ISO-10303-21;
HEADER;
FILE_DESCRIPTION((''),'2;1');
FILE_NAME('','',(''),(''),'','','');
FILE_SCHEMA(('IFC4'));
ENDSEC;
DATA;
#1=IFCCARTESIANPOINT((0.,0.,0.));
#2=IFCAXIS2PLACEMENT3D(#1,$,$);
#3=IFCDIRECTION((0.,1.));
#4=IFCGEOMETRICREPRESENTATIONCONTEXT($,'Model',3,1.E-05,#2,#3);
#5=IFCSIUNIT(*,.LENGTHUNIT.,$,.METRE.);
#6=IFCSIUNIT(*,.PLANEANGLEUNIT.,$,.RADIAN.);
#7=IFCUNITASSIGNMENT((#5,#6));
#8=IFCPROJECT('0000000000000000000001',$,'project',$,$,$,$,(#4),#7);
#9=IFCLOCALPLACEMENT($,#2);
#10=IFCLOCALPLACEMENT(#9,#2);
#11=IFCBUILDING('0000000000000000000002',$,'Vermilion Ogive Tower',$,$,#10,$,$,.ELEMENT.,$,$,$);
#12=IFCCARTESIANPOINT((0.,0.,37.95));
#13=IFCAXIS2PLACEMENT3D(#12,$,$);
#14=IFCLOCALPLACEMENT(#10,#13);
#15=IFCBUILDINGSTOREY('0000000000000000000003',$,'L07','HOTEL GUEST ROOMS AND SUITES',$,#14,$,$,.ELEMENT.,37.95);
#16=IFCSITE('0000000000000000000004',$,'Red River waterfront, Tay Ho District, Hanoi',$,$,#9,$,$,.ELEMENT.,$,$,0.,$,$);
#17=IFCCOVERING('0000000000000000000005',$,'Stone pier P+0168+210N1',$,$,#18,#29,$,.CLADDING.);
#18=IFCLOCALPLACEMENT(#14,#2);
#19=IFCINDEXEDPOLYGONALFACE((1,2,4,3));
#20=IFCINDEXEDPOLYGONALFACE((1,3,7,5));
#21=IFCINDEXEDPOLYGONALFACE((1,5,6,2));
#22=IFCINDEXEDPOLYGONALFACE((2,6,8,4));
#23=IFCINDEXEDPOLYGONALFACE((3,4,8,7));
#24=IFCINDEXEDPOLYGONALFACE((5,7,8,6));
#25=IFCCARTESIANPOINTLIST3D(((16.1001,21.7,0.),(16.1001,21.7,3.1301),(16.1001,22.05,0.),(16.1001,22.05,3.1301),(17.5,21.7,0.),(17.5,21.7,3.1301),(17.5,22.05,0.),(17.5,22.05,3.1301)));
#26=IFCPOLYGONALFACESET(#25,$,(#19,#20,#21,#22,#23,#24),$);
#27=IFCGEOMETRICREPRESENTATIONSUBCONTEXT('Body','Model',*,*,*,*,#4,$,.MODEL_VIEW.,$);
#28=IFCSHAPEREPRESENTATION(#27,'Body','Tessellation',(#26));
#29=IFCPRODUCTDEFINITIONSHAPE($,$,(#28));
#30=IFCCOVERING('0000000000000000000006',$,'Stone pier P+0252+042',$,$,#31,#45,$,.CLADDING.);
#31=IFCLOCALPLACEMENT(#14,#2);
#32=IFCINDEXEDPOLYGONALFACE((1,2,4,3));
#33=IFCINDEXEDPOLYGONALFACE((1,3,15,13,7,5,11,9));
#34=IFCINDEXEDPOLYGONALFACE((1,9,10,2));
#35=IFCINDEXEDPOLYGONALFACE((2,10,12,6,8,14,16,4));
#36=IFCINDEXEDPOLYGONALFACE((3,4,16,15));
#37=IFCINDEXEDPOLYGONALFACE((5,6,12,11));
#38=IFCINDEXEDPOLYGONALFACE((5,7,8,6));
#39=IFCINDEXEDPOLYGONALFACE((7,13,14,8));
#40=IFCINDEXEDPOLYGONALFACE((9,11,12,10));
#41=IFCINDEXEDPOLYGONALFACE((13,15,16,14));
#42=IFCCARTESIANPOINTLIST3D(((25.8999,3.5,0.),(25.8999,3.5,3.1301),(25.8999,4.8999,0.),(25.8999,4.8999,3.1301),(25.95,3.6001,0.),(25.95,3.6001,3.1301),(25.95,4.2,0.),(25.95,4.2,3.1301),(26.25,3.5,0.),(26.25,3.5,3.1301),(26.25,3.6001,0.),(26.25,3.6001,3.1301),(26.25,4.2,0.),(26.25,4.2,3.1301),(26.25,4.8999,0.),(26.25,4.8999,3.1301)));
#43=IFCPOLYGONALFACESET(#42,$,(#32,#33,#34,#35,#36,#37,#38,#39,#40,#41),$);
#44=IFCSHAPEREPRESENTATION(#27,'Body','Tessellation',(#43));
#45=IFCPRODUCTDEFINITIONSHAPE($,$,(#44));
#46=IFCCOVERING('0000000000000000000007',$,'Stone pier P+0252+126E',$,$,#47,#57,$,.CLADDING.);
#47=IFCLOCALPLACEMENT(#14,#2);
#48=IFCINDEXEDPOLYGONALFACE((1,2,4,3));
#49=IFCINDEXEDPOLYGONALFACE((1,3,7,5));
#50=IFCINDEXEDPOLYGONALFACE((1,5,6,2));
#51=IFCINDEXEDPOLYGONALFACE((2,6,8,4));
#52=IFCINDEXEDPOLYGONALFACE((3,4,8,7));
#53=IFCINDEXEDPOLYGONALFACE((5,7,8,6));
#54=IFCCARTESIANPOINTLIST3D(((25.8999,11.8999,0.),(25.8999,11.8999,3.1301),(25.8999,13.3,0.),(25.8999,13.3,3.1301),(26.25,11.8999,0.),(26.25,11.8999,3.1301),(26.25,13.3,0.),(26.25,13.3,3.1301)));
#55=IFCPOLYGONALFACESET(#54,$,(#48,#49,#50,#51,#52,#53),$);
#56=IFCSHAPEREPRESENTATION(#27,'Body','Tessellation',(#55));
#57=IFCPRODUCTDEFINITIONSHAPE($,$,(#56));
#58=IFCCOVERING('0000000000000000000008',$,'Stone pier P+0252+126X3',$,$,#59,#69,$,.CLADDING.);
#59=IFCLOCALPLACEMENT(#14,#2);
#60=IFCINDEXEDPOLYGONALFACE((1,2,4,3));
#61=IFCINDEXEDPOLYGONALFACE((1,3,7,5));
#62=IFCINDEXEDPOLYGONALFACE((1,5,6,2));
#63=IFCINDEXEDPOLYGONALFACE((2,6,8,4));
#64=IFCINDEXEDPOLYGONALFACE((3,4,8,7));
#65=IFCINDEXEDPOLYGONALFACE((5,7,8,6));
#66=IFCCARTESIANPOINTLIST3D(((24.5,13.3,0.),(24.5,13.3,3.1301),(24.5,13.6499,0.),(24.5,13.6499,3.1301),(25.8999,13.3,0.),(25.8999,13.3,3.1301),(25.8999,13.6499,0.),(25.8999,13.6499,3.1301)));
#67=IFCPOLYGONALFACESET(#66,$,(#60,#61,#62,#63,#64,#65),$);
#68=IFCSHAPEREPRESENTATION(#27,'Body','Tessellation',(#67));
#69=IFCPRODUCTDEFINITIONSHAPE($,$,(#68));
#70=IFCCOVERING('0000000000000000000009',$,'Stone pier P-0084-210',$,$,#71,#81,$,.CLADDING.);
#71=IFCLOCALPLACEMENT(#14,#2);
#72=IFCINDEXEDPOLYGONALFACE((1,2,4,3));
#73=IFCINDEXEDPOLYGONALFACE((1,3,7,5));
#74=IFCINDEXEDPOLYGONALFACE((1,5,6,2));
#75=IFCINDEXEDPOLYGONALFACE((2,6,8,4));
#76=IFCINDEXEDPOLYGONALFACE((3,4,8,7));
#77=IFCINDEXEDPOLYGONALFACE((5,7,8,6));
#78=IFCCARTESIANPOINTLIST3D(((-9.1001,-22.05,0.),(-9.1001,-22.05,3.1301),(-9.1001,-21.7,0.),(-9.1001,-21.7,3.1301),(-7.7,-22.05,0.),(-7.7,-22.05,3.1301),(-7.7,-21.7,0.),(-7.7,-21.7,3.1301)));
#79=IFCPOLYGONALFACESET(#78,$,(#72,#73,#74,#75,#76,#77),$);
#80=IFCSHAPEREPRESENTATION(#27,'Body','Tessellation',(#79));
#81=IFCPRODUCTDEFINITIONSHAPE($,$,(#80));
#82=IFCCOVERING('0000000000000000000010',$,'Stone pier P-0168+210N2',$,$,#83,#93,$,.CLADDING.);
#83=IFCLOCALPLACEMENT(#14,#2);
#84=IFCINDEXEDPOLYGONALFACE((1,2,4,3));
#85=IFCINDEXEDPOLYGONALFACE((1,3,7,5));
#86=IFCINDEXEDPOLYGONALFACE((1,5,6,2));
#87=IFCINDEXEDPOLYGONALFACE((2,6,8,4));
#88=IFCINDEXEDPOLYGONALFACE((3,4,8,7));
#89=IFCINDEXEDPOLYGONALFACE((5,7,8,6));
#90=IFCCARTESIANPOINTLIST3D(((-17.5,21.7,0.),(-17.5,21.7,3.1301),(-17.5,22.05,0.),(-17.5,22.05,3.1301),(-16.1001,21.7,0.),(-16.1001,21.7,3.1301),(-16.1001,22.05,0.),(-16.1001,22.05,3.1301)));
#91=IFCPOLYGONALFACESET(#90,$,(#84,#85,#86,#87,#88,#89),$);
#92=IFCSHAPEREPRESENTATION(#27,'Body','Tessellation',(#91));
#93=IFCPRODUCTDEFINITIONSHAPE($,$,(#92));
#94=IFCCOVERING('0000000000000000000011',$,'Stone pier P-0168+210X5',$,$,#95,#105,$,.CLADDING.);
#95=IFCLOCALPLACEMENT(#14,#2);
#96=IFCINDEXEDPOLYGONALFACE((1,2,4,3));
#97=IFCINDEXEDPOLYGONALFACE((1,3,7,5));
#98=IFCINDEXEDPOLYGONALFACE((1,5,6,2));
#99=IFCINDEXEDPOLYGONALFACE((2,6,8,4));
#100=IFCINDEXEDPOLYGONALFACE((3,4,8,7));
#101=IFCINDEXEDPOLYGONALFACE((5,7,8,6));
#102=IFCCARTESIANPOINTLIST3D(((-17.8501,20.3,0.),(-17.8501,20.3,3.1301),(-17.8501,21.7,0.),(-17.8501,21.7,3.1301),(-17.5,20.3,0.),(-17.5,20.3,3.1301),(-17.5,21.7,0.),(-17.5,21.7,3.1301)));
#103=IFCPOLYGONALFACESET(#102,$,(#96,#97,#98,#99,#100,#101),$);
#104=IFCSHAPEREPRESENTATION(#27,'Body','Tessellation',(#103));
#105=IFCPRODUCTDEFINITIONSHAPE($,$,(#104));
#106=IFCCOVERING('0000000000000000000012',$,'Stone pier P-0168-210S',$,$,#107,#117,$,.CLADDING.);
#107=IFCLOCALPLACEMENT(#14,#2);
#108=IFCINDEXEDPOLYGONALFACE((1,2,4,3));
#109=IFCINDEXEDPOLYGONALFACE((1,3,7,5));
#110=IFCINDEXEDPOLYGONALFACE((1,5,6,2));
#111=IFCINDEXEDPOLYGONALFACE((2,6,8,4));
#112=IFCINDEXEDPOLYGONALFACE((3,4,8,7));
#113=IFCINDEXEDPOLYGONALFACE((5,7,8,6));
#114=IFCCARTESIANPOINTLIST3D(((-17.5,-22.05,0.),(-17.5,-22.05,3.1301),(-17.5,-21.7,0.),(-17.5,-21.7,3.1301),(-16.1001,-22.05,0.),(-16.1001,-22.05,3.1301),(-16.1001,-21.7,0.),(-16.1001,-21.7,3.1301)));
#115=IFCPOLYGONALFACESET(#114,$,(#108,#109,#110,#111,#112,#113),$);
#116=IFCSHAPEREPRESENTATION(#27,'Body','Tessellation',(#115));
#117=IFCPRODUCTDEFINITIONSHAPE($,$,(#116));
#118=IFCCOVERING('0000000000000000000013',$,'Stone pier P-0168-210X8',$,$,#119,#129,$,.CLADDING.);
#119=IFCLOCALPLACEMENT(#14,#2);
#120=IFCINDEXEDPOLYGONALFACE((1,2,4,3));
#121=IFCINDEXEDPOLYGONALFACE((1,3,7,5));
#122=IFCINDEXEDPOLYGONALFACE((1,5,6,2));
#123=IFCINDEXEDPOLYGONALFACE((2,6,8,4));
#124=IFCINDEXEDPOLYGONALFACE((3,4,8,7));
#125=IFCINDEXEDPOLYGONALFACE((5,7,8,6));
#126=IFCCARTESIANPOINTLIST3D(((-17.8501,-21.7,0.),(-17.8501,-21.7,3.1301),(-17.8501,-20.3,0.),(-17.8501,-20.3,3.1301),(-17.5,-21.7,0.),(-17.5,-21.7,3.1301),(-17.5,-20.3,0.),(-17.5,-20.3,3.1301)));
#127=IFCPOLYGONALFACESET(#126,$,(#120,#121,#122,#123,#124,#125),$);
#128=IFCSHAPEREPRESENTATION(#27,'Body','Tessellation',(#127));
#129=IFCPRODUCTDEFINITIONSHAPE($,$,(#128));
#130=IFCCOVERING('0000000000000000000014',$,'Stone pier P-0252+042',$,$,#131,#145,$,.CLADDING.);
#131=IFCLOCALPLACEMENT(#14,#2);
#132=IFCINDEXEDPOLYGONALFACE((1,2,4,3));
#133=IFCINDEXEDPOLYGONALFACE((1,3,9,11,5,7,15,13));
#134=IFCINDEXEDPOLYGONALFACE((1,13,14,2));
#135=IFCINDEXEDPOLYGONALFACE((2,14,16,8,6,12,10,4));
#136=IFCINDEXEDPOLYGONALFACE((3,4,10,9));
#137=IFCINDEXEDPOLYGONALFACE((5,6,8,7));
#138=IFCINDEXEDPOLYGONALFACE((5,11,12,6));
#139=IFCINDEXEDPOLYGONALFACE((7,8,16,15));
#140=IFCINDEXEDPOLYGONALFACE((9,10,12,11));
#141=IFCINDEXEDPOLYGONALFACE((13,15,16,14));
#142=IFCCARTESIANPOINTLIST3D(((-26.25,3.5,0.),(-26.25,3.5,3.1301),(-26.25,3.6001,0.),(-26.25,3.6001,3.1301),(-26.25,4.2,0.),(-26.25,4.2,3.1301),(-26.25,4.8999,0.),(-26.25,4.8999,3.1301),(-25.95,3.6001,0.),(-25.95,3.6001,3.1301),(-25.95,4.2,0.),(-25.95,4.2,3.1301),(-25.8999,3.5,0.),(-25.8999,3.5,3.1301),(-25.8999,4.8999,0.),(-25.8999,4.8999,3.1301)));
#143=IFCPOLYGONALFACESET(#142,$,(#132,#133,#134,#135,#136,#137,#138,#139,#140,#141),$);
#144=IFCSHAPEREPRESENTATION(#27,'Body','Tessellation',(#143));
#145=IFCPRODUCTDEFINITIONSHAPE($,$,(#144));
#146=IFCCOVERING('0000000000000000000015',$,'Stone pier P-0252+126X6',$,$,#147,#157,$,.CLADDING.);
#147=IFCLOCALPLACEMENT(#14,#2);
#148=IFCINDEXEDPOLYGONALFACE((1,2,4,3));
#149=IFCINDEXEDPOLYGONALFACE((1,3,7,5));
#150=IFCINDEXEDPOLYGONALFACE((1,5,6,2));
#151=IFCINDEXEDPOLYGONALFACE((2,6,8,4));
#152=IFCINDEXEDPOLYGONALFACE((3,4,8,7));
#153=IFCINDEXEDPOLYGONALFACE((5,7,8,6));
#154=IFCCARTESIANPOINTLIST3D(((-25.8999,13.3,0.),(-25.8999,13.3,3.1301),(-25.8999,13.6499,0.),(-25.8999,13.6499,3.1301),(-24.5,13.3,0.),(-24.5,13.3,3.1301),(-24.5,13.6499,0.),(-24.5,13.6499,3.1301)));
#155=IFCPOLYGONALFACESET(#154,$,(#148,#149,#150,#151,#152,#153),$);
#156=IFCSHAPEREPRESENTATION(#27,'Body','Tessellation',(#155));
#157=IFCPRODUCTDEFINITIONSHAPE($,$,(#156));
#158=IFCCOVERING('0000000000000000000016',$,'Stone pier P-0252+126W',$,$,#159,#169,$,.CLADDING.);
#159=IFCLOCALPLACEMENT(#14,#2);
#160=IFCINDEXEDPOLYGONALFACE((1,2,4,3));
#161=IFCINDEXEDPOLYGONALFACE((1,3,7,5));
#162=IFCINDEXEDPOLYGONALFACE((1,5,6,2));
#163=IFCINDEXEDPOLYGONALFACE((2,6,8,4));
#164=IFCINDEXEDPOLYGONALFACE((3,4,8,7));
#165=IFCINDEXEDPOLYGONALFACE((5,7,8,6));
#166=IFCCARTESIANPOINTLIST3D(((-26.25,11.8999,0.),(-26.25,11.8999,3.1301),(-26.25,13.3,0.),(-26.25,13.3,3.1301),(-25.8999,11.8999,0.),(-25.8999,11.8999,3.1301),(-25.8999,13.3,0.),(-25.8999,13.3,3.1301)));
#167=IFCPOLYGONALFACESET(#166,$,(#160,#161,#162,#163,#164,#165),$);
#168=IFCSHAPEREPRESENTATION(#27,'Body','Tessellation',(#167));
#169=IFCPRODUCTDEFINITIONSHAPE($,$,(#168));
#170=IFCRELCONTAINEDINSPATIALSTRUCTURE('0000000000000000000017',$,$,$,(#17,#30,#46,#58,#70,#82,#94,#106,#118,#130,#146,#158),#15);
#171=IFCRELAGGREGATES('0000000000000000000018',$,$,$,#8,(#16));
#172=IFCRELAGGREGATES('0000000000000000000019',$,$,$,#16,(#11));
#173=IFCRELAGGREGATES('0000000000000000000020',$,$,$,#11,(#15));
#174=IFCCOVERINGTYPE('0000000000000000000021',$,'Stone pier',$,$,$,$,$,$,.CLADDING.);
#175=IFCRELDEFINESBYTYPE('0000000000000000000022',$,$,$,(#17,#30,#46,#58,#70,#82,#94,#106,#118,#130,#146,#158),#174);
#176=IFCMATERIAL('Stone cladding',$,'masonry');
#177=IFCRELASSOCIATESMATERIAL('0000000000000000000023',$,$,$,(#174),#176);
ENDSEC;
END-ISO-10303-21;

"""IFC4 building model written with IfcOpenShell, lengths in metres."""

from ifc_helpers import new_model, si_unit, direction, frame, origin, place, context, subcontext, project, spatial, polyline, outline, extrude, material, type_object, element, save


model = new_model("IFC4")

# Units and contexts
model_context = context("Model", 3, precision=1e-05, world=origin(), true_north=direction((0.0, 1.0)))
body_context = subcontext(model_context, "Body", "Model", "MODEL_VIEW")
ifc_project = project(units=[si_unit("LENGTHUNIT", "METRE"), si_unit("PLANEANGLEUNIT", "RADIAN")], contexts=[model_context])

# Site, building, storey
site_placement = place(None, origin())
site = spatial("IfcSite", under=ifc_project, at=site_placement, Name="Red River waterfront, Tay Ho District, Hanoi", CompositionType="ELEMENT", RefElevation=0.0)
building_placement = place(site_placement, origin())
building = spatial("IfcBuilding", under=site, at=building_placement, Name="Vermilion Ogive Tower", CompositionType="ELEMENT")
storey_placement = place(building_placement, frame((0.0, 0.0, 37.95)))
storey = spatial("IfcBuildingStorey", under=building, at=storey_placement, Name="L07", Description="HOTEL GUEST ROOMS AND SUITES", CompositionType="ELEMENT", Elevation=37.95)

# Coverings
ifc_material_1 = material(Name="Stone cladding", Category="masonry")
covering_type_1 = type_object("IfcCoveringType", Name="Stone pier", PredefinedType="CLADDING", material=ifc_material_1)
covering_1_placement = place(storey_placement, origin())
element("IfcCovering", 1, at=covering_1_placement, inside=storey, type_object=covering_type_1, Name="Stone pier P+0168+210N1", PredefinedType="CLADDING", context=body_context, shape_type="SweptSolid", body=[
    extrude(outline(polyline([(17.5, 22.05), (17.5, 21.7), (16.1001, 21.7), (16.1001, 22.05), (17.5, 22.05)])), origin(), (0.0, 0.0, 1.0), 3.1301),
])
covering_2_placement = place(storey_placement, origin())
element("IfcCovering", 2, at=covering_2_placement, inside=storey, type_object=covering_type_1, Name="Stone pier P+0252+042", PredefinedType="CLADDING", context=body_context, shape_type="SweptSolid", body=[
    extrude(outline(polyline([(26.25, 4.8999), (26.25, 4.2), (25.95, 4.2), (25.95, 3.6001), (26.25, 3.6001), (26.25, 3.5), (25.8999, 3.5), (25.8999, 4.8999), (26.25, 4.8999)])), origin(), (0.0, 0.0, 1.0), 3.1301),
])
covering_3_placement = place(storey_placement, origin())
element("IfcCovering", 3, at=covering_3_placement, inside=storey, type_object=covering_type_1, Name="Stone pier P+0252+126E", PredefinedType="CLADDING", context=body_context, shape_type="SweptSolid", body=[
    extrude(outline(polyline([(26.25, 13.3), (26.25, 11.8999), (25.8999, 11.8999), (25.8999, 13.3), (26.25, 13.3)])), origin(), (0.0, 0.0, 1.0), 3.1301),
])
covering_4_placement = place(storey_placement, origin())
element("IfcCovering", 4, at=covering_4_placement, inside=storey, type_object=covering_type_1, Name="Stone pier P+0252+126X3", PredefinedType="CLADDING", context=body_context, shape_type="SweptSolid", body=[
    extrude(outline(polyline([(25.8999, 13.6499), (25.8999, 13.3), (24.5, 13.3), (24.5, 13.6499), (25.8999, 13.6499)])), origin(), (0.0, 0.0, 1.0), 3.1301),
])
covering_5_placement = place(storey_placement, origin())
element("IfcCovering", 5, at=covering_5_placement, inside=storey, type_object=covering_type_1, Name="Stone pier P-0084-210", PredefinedType="CLADDING", context=body_context, shape_type="SweptSolid", body=[
    extrude(outline(polyline([(-7.7, -22.05), (-9.1001, -22.05), (-9.1001, -21.7), (-7.7, -21.7), (-7.7, -22.05)])), origin(), (0.0, 0.0, 1.0), 3.1301),
])
covering_6_placement = place(storey_placement, origin())
element("IfcCovering", 6, at=covering_6_placement, inside=storey, type_object=covering_type_1, Name="Stone pier P-0168+210N2", PredefinedType="CLADDING", context=body_context, shape_type="SweptSolid", body=[
    extrude(outline(polyline([(-17.5, 21.7), (-17.5, 22.05), (-16.1001, 22.05), (-16.1001, 21.7), (-17.5, 21.7), (-17.5, 21.7)])), origin(), (0.0, 0.0, 1.0), 3.1301),
])
covering_7_placement = place(storey_placement, origin())
element("IfcCovering", 7, at=covering_7_placement, inside=storey, type_object=covering_type_1, Name="Stone pier P-0168+210X5", PredefinedType="CLADDING", context=body_context, shape_type="SweptSolid", body=[
    extrude(outline(polyline([(-17.8501, 21.7), (-17.5, 21.7), (-17.5, 21.7), (-17.5, 20.3), (-17.8501, 20.3), (-17.8501, 21.7)])), origin(), (0.0, 0.0, 1.0), 3.1301),
])
covering_8_placement = place(storey_placement, origin())
element("IfcCovering", 8, at=covering_8_placement, inside=storey, type_object=covering_type_1, Name="Stone pier P-0168-210S", PredefinedType="CLADDING", context=body_context, shape_type="SweptSolid", body=[
    extrude(outline(polyline([(-16.1001, -22.05), (-17.5, -22.05), (-17.5, -21.7), (-16.1001, -21.7), (-16.1001, -22.05)])), origin(), (0.0, 0.0, 1.0), 3.1301),
])
covering_9_placement = place(storey_placement, origin())
element("IfcCovering", 9, at=covering_9_placement, inside=storey, type_object=covering_type_1, Name="Stone pier P-0168-210X8", PredefinedType="CLADDING", context=body_context, shape_type="SweptSolid", body=[
    extrude(outline(polyline([(-17.8501, -20.3), (-17.5, -20.3), (-17.5, -21.7), (-17.8501, -21.7), (-17.8501, -20.3)])), origin(), (0.0, 0.0, 1.0), 3.1301),
])
covering_10_placement = place(storey_placement, origin())
element("IfcCovering", 10, at=covering_10_placement, inside=storey, type_object=covering_type_1, Name="Stone pier P-0252+042", PredefinedType="CLADDING", context=body_context, shape_type="SweptSolid", body=[
    extrude(outline(polyline([(-26.25, 3.5), (-26.25, 3.6001), (-25.95, 3.6001), (-25.95, 4.2), (-26.25, 4.2), (-26.25, 4.8999), (-25.8999, 4.8999), (-25.8999, 3.5), (-26.25, 3.5)])), origin(), (0.0, 0.0, 1.0), 3.1301),
])
covering_11_placement = place(storey_placement, origin())
element("IfcCovering", 11, at=covering_11_placement, inside=storey, type_object=covering_type_1, Name="Stone pier P-0252+126X6", PredefinedType="CLADDING", context=body_context, shape_type="SweptSolid", body=[
    extrude(outline(polyline([(-25.8999, 13.3), (-25.8999, 13.6499), (-24.5, 13.6499), (-24.5, 13.3), (-24.5, 13.3), (-25.8999, 13.3)])), origin(), (0.0, 0.0, 1.0), 3.1301),
])
covering_12_placement = place(storey_placement, origin())
element("IfcCovering", 12, at=covering_12_placement, inside=storey, type_object=covering_type_1, Name="Stone pier P-0252+126W", PredefinedType="CLADDING", context=body_context, shape_type="SweptSolid", body=[
    extrude(outline(polyline([(-26.25, 13.3), (-25.8999, 13.3), (-25.8999, 11.8999), (-26.25, 11.8999), (-26.25, 13.3)])), origin(), (0.0, 0.0, 1.0), 3.1301),
])

save(model, "model.ifc")
